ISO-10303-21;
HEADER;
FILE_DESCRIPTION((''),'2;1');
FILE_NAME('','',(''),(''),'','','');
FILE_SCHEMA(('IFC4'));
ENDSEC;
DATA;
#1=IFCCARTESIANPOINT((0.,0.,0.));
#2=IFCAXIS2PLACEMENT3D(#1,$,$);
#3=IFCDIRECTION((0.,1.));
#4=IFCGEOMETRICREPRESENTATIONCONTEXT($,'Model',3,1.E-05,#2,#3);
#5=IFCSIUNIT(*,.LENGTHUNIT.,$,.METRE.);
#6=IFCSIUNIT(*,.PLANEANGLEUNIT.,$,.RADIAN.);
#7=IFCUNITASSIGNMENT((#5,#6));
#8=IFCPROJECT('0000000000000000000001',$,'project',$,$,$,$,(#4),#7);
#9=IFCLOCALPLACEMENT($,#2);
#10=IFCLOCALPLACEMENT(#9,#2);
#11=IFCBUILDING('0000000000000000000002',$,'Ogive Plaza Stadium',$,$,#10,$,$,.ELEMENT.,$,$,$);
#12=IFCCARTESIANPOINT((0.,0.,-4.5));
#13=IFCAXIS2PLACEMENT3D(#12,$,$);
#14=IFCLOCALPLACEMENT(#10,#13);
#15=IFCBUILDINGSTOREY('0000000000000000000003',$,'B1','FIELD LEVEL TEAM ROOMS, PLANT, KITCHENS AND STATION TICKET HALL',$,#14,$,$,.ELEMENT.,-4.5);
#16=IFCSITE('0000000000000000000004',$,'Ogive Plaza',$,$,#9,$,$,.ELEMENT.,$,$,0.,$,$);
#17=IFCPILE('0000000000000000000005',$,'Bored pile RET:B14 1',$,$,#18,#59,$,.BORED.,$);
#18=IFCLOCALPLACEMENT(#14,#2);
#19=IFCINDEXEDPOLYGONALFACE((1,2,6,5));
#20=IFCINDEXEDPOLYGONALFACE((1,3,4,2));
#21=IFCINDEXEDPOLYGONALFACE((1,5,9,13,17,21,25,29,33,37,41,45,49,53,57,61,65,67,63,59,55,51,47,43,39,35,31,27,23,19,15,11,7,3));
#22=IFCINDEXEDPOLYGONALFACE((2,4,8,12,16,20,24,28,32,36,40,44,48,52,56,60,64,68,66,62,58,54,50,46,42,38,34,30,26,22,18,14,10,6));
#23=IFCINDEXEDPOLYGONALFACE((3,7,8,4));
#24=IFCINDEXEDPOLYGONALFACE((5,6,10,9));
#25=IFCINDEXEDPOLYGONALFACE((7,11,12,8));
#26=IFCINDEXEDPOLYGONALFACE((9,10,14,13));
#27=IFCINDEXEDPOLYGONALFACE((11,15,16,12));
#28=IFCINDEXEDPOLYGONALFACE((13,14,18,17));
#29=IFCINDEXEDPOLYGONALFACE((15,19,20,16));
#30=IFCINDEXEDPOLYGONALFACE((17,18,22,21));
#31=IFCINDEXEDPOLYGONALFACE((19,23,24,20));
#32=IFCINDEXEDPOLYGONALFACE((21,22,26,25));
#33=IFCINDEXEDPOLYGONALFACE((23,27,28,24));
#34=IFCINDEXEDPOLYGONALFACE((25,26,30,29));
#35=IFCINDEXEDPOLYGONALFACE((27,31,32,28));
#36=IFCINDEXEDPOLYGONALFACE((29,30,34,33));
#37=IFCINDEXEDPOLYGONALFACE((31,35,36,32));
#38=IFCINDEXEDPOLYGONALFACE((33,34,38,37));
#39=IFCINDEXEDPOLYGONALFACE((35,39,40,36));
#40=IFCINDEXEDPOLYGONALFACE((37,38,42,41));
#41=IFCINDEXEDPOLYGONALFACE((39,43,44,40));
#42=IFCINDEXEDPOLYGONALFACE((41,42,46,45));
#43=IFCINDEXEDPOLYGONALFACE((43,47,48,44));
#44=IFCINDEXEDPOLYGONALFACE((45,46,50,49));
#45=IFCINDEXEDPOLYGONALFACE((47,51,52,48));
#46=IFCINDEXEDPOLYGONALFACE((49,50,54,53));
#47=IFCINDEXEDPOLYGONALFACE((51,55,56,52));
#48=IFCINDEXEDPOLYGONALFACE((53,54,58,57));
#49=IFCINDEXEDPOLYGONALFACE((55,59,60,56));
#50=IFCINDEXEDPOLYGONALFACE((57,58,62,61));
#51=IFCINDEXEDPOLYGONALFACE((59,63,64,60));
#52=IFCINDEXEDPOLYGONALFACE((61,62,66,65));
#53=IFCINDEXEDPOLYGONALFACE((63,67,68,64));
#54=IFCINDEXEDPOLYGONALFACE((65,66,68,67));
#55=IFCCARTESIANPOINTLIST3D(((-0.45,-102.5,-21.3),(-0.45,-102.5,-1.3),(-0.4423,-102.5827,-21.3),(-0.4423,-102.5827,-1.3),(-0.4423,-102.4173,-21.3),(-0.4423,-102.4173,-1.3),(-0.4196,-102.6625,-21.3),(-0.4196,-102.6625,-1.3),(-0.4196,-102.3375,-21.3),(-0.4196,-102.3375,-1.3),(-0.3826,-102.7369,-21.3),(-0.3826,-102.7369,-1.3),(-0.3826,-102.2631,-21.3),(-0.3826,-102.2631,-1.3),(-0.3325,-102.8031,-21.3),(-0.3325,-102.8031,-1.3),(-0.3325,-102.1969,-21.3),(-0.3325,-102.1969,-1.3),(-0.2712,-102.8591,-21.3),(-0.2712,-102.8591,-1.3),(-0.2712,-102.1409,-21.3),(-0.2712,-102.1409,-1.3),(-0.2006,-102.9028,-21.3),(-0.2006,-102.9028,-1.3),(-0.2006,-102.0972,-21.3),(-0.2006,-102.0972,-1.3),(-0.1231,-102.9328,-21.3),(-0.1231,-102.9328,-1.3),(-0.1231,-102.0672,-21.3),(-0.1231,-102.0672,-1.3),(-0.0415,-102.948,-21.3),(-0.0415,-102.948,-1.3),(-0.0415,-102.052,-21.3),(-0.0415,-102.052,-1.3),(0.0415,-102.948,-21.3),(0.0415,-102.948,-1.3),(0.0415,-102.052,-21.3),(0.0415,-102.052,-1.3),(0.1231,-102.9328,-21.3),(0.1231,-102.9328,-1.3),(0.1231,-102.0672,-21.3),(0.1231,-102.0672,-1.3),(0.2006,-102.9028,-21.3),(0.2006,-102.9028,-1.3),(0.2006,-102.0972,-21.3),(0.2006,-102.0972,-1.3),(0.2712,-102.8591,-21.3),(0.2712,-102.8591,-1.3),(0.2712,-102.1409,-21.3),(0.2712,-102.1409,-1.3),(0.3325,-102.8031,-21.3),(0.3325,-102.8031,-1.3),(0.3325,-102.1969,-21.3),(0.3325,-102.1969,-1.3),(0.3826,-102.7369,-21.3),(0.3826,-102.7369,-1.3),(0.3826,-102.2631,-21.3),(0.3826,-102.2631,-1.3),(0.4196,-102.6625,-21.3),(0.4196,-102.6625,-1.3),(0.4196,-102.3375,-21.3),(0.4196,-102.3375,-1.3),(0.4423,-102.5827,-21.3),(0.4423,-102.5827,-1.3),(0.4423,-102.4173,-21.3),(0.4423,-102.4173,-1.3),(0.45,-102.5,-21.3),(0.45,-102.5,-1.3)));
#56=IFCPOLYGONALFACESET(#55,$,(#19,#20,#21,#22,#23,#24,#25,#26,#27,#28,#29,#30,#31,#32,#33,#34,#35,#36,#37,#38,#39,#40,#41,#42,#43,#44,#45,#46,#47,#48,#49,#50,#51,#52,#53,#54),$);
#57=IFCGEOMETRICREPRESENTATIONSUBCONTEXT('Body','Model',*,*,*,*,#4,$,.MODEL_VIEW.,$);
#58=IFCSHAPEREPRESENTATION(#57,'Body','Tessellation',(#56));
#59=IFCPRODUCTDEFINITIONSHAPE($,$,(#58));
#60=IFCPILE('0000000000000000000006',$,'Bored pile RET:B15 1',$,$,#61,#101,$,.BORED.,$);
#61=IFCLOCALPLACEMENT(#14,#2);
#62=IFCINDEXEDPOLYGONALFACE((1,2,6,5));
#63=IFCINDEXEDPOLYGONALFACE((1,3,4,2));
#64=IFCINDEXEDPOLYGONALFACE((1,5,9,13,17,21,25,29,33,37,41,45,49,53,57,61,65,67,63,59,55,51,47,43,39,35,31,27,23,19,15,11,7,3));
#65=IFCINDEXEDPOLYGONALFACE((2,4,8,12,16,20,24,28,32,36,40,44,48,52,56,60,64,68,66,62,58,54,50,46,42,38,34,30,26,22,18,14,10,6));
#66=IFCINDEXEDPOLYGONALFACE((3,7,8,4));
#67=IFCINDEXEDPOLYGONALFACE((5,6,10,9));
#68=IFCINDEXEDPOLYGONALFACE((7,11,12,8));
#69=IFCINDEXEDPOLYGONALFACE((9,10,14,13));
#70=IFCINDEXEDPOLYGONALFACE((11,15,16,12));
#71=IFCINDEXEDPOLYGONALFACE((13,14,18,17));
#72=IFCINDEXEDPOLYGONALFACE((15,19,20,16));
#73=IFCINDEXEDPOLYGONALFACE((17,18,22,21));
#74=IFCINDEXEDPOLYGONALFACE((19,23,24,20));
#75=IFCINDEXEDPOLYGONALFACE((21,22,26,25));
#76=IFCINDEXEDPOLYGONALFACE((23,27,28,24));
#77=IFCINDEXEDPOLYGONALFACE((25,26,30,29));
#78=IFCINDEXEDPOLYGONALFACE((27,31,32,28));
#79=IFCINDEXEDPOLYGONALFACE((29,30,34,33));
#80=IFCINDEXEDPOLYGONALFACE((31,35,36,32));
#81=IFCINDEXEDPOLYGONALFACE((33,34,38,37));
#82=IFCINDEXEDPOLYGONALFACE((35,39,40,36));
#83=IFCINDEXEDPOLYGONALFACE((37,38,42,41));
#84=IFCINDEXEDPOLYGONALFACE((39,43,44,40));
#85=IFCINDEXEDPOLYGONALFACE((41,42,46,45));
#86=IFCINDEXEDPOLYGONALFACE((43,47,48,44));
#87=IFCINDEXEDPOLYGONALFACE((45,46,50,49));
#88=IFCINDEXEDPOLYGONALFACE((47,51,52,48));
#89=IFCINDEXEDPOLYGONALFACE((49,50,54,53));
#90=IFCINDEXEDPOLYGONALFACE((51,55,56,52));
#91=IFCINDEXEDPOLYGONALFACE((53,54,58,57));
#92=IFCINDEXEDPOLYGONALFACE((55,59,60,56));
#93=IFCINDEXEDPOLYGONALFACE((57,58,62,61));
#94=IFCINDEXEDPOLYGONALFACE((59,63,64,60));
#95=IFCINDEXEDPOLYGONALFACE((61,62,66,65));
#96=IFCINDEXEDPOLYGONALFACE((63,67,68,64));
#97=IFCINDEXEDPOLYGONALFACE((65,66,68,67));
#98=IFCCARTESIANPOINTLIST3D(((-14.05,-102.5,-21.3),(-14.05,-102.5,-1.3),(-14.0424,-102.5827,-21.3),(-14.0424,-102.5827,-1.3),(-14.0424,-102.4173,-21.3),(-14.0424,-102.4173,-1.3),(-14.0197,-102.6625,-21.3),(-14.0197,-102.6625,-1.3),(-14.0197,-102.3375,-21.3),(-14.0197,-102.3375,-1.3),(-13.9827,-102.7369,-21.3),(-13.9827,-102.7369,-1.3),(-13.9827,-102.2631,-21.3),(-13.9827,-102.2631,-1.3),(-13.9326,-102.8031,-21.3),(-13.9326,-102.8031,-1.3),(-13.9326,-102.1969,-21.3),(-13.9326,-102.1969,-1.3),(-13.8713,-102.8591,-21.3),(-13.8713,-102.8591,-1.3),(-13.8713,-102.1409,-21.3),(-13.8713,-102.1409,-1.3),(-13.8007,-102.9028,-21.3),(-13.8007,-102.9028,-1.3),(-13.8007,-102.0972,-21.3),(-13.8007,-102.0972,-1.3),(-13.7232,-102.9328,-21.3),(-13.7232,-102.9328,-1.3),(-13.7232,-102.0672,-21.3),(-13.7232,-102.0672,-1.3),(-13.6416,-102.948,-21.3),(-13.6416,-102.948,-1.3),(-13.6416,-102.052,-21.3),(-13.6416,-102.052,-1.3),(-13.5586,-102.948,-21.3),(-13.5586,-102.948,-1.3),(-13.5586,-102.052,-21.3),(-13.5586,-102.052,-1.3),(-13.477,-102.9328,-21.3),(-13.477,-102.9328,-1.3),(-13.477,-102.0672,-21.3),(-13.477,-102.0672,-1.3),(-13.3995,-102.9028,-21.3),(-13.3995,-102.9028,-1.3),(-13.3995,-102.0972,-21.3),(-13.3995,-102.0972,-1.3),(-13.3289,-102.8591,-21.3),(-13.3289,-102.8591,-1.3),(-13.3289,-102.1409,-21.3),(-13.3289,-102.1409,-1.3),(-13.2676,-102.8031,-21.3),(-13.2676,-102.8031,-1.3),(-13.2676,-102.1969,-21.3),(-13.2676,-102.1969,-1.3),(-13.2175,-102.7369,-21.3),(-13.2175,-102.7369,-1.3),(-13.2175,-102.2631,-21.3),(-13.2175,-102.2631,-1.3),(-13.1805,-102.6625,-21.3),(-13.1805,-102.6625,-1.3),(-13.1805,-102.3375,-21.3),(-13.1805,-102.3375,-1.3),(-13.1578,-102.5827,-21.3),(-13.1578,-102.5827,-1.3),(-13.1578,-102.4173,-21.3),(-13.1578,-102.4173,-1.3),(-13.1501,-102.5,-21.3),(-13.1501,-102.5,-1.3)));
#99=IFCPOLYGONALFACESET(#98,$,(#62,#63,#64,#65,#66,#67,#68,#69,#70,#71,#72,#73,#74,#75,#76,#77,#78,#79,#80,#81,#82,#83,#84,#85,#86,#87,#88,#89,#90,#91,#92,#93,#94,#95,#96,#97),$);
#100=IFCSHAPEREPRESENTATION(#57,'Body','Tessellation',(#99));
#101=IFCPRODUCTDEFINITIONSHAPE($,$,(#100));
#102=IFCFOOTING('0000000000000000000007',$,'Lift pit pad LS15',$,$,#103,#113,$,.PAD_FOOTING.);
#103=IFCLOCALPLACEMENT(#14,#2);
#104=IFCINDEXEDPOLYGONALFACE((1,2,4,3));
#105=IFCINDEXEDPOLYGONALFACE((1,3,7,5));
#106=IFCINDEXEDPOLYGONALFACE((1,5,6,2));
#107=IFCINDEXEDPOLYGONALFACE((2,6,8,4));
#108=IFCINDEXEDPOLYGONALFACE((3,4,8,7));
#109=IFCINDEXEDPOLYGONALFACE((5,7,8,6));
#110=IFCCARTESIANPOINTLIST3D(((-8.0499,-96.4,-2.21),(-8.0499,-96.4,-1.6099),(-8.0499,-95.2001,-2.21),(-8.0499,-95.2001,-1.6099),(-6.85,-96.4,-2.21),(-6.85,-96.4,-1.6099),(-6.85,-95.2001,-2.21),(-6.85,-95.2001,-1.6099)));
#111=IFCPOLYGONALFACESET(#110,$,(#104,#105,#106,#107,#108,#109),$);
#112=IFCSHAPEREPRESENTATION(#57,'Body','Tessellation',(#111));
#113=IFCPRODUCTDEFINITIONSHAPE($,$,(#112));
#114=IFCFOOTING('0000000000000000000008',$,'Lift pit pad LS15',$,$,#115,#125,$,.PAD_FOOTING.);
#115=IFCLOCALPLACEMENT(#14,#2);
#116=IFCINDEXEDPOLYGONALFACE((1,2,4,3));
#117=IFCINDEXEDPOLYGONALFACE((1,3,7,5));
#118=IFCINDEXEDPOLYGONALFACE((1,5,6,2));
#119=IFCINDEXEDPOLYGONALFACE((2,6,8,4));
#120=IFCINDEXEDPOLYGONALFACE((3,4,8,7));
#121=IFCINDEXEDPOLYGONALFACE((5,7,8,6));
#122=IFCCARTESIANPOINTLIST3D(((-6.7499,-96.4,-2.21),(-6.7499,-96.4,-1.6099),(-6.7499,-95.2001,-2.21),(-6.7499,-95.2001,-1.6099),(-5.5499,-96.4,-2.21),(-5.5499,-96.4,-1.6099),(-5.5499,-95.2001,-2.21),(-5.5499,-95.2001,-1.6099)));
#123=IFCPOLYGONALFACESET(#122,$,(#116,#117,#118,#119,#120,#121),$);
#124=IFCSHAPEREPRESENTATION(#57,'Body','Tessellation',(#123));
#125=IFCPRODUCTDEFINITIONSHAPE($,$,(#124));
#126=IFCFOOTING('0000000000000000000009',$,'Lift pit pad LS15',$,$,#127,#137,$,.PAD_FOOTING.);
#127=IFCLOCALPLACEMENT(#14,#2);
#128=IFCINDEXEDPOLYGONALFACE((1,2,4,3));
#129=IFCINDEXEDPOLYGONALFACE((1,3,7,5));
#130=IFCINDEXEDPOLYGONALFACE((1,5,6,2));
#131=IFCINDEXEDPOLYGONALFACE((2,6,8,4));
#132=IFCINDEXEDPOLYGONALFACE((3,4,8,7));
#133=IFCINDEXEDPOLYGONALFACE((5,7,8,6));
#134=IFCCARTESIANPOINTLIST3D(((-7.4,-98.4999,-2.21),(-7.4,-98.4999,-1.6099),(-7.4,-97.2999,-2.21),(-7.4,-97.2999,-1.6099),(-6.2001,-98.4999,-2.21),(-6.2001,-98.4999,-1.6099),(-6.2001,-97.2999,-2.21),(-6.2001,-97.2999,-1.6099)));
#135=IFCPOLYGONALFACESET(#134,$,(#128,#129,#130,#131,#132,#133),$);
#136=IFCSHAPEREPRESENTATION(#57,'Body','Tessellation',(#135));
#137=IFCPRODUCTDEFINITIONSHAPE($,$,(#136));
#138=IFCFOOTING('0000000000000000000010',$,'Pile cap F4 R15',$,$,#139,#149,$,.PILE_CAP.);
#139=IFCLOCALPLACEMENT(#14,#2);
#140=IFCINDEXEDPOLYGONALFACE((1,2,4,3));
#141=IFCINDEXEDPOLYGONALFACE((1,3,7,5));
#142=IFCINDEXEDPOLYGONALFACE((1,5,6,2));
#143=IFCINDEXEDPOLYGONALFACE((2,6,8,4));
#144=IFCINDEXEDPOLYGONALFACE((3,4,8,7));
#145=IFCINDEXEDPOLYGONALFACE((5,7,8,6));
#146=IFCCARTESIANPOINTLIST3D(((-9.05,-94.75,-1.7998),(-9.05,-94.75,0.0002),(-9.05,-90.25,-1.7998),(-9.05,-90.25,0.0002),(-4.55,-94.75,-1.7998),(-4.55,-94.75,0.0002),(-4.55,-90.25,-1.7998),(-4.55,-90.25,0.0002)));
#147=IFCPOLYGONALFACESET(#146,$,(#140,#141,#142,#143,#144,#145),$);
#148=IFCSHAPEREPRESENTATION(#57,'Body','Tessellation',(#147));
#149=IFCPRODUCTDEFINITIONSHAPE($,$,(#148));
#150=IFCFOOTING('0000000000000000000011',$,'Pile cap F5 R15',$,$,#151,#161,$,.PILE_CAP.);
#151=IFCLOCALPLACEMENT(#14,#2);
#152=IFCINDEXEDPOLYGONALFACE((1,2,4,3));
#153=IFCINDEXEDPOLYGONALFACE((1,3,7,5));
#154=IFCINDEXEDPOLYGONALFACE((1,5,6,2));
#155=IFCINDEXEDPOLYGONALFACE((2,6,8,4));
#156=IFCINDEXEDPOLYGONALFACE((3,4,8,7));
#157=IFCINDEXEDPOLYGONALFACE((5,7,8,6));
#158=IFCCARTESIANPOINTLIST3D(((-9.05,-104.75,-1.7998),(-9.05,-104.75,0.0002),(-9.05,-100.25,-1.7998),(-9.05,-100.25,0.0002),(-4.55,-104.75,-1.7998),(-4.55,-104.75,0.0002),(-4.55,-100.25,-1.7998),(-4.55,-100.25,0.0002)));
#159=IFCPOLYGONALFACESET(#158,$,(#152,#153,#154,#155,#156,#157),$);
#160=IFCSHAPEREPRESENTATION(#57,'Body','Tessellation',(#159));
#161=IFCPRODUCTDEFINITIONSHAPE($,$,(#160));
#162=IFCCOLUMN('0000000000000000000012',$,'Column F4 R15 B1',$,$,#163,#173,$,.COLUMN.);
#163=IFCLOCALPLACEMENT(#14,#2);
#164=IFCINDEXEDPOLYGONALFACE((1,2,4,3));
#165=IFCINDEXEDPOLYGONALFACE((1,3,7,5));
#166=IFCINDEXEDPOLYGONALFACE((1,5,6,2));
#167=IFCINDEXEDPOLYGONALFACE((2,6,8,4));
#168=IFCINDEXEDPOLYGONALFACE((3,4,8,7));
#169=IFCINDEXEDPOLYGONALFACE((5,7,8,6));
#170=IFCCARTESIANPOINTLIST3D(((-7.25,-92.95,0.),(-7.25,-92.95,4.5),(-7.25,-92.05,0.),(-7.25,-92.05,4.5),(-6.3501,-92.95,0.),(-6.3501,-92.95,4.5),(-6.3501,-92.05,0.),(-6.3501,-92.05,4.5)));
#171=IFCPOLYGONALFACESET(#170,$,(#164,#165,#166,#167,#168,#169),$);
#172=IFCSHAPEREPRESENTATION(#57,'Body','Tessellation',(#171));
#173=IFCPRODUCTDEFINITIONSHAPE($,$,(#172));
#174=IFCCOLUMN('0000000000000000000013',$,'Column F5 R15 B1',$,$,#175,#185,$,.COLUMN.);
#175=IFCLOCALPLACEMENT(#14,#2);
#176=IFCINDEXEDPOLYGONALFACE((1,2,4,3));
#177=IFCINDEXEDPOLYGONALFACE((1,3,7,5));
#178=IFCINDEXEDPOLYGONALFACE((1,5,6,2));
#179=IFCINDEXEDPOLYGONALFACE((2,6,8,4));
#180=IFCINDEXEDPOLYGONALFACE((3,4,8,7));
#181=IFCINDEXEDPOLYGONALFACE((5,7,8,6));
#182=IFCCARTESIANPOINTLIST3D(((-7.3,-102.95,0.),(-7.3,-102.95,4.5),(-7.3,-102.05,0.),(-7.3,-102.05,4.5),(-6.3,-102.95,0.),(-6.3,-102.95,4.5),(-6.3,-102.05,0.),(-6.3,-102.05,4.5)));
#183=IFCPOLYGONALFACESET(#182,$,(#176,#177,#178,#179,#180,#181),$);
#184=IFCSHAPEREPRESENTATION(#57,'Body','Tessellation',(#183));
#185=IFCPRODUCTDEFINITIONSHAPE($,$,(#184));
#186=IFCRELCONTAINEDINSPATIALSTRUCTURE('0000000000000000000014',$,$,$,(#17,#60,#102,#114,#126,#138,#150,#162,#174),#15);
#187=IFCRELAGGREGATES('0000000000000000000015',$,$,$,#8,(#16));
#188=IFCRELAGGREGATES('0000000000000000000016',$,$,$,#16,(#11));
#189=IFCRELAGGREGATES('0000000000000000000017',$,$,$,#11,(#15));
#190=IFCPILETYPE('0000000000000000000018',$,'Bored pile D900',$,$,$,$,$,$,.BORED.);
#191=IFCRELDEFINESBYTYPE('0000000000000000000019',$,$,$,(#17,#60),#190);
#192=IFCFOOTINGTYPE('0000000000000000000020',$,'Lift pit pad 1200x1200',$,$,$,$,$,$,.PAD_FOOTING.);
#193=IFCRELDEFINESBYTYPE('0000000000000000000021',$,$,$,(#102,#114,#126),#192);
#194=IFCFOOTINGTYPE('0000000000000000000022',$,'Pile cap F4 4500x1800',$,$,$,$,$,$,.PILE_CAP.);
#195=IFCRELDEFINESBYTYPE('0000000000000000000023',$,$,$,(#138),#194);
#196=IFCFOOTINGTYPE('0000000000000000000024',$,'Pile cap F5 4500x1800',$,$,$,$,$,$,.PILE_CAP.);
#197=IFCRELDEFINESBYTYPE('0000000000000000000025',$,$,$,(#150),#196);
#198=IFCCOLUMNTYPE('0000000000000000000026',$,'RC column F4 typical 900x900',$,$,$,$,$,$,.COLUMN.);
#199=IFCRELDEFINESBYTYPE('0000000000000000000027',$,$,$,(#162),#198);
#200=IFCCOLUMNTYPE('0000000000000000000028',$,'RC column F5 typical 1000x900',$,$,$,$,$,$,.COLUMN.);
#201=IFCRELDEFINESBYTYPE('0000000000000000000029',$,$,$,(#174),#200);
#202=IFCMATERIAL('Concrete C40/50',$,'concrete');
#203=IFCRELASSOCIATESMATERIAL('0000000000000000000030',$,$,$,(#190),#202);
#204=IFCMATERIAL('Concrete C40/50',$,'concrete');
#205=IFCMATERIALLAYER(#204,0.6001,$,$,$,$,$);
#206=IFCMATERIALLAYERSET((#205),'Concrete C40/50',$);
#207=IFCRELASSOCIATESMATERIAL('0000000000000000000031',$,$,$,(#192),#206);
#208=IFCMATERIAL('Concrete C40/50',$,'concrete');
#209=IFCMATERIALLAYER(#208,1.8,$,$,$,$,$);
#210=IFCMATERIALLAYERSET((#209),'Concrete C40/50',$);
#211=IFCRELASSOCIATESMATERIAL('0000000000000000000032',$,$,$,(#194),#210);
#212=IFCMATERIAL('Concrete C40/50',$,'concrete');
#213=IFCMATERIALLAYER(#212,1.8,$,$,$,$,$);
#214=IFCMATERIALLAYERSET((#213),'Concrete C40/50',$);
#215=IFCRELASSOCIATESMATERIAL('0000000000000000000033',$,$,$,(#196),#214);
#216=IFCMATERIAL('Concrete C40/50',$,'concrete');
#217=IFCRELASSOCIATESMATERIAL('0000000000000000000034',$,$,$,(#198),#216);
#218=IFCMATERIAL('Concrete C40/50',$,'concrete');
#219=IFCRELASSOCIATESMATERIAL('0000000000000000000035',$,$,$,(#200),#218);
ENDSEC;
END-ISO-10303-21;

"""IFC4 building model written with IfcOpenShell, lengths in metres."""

from ifc_helpers import new_model, si_unit, direction, frame, origin, origin_2d, place, context, subcontext, project, spatial, rectangle, circle, extrude, material, layer, layer_set, material_profile, profile_set, type_object, element, save


model = new_model("IFC4")

# Units and contexts
model_context = context("Model", 3, precision=1e-05, world=origin(), true_north=direction((0.0, 1.0)))
body_context = subcontext(model_context, "Body", "Model", "MODEL_VIEW")
ifc_project = project(units=[si_unit("LENGTHUNIT", "METRE"), si_unit("PLANEANGLEUNIT", "RADIAN")], contexts=[model_context])

# Site, building, storey
site_placement = place(None, origin())
site = spatial("IfcSite", under=ifc_project, at=site_placement, Name="Ogive Plaza", CompositionType="ELEMENT", RefElevation=0.0)
building_placement = place(site_placement, origin())
building = spatial("IfcBuilding", under=site, at=building_placement, Name="Ogive Plaza Stadium", CompositionType="ELEMENT")
storey_placement = place(building_placement, frame((0.0, 0.0, -4.5)))
storey = spatial("IfcBuildingStorey", under=building, at=storey_placement, Name="B1", Description="FIELD LEVEL TEAM ROOMS, PLANT, KITCHENS AND STATION TICKET HALL", CompositionType="ELEMENT", Elevation=-4.5)

# Piles
ifc_material_1 = material(Name="Concrete C40/50", Category="concrete")
ifc_material_profile_1 = material_profile(ifc_material_1, circle(Radius=0.45, at=origin_2d()), Name="RC D900")
ifc_profile_set_1 = profile_set([ifc_material_profile_1], Name="Concrete C40/50")
pile_type_1 = type_object("IfcPileType", Name="Bored pile D900", PredefinedType="BORED", material=ifc_profile_set_1)
for number, where, z_axis, x_axis, name in (
    (1, (0.0, -102.5, -1.3), (0.0, 0.0, -1.0), (1.0, 0.0, 0.0), "Bored pile RET:B14 1"),
    (2, (-13.6001, -102.5, -1.3), (0.0, 0.0, -1.0), (1.0, 0.0, 0.0), "Bored pile RET:B15 1"),
):
    element("IfcPile", number, at=place(storey_placement, frame(where, z_axis=z_axis, x_axis=x_axis)), inside=storey, type_object=pile_type_1, Name=name, PredefinedType="BORED", context=body_context, shape_type="SweptSolid", body=[
        extrude(circle(Radius=0.45, at=origin_2d()), origin(), (0.0, 0.0, 1.0), 20.0),
    ])

# Footings
ifc_material_2 = material(Name="Concrete C40/50", Category="concrete")
ifc_layer_1 = layer(ifc_material_2, 0.6001)
ifc_layer_set_1 = layer_set([ifc_layer_1], Name="Concrete C40/50")
footing_type_1 = type_object("IfcFootingType", Name="Lift pit pad 1200x1200", PredefinedType="PAD_FOOTING", material=ifc_layer_set_1)
for number, where, z_axis, x_axis, name in (
    (3, (-7.45, -95.8, -2.21), (0.0, 0.0, 1.0), (0.0, -1.0, 0.0), "Lift pit pad LS15"),
    (4, (-6.1499, -95.8, -2.21), (0.0, 0.0, 1.0), (0.0, -1.0, 0.0), "Lift pit pad LS15"),
    (5, (-6.8, -97.8999, -2.21), (0.0, 0.0, 1.0), (0.0, -1.0, 0.0), "Lift pit pad LS15"),
):
    element("IfcFooting", number, at=place(storey_placement, frame(where, z_axis=z_axis, x_axis=x_axis)), inside=storey, type_object=footing_type_1, Name=name, PredefinedType="PAD_FOOTING", context=body_context, shape_type="SweptSolid", body=[
        extrude(rectangle(XDim=1.2, YDim=1.2, at=origin_2d()), origin(), (0.0, 0.0, 1.0), 0.6001),
    ])
ifc_material_3 = material(Name="Concrete C40/50", Category="concrete")
ifc_layer_2 = layer(ifc_material_3, 1.8)
ifc_layer_set_2 = layer_set([ifc_layer_2], Name="Concrete C40/50")
footing_type_2 = type_object("IfcFootingType", Name="Pile cap F4 4500x1800", PredefinedType="PILE_CAP", material=ifc_layer_set_2)
footing_1_placement = place(storey_placement, frame((-6.8, -92.5, -1.7998), z_axis=(0.0, 0.0, 1.0), x_axis=(0.0, -1.0, 0.0)))
element("IfcFooting", 6, at=footing_1_placement, inside=storey, type_object=footing_type_2, Name="Pile cap F4 R15", PredefinedType="PILE_CAP", context=body_context, shape_type="SweptSolid", body=[
    extrude(rectangle(XDim=4.5, YDim=4.5, at=origin_2d()), origin(), (0.0, 0.0, 1.0), 1.8),
])
ifc_material_4 = material(Name="Concrete C40/50", Category="concrete")
ifc_layer_3 = layer(ifc_material_4, 1.8)
ifc_layer_set_3 = layer_set([ifc_layer_3], Name="Concrete C40/50")
footing_type_3 = type_object("IfcFootingType", Name="Pile cap F5 4500x1800", PredefinedType="PILE_CAP", material=ifc_layer_set_3)
footing_2_placement = place(storey_placement, frame((-6.8, -102.5, -1.7998), z_axis=(0.0, 0.0, 1.0), x_axis=(0.0, -1.0, 0.0)))
element("IfcFooting", 7, at=footing_2_placement, inside=storey, type_object=footing_type_3, Name="Pile cap F5 R15", PredefinedType="PILE_CAP", context=body_context, shape_type="SweptSolid", body=[
    extrude(rectangle(XDim=4.5, YDim=4.5, at=origin_2d()), origin(), (0.0, 0.0, 1.0), 1.8),
])

# Columns
ifc_material_5 = material(Name="Concrete C40/50", Category="concrete")
ifc_material_profile_2 = material_profile(ifc_material_5, rectangle(XDim=0.8999, YDim=0.8999, at=origin_2d()), Name="RC 900x900")
ifc_profile_set_2 = profile_set([ifc_material_profile_2], Name="Concrete C40/50")
column_type_1 = type_object("IfcColumnType", Name="RC column F4 typical 900x900", PredefinedType="COLUMN", material=ifc_profile_set_2)
column_1_placement = place(storey_placement, frame((-6.8, -92.5, 0.0), z_axis=(0.0, 0.0, 1.0), x_axis=(1.0, 0.0, 0.0)))
element("IfcColumn", 8, at=column_1_placement, inside=storey, type_object=column_type_1, Name="Column F4 R15 B1", PredefinedType="COLUMN", context=body_context, shape_type="SweptSolid", body=[
    extrude(rectangle(XDim=0.8999, YDim=0.8999, at=origin_2d()), origin(), (0.0, 0.0, 1.0), 4.5),
])
ifc_material_6 = material(Name="Concrete C40/50", Category="concrete")
ifc_material_profile_3 = material_profile(ifc_material_6, rectangle(XDim=1.0, YDim=0.8999, at=origin_2d()), Name="RC 1000x900")
ifc_profile_set_3 = profile_set([ifc_material_profile_3], Name="Concrete C40/50")
column_type_2 = type_object("IfcColumnType", Name="RC column F5 typical 1000x900", PredefinedType="COLUMN", material=ifc_profile_set_3)
column_2_placement = place(storey_placement, frame((-6.8, -102.5, 0.0), z_axis=(0.0, 0.0, 1.0), x_axis=(1.0, 0.0, 0.0)))
element("IfcColumn", 9, at=column_2_placement, inside=storey, type_object=column_type_2, Name="Column F5 R15 B1", PredefinedType="COLUMN", context=body_context, shape_type="SweptSolid", body=[
    extrude(rectangle(XDim=1.0, YDim=0.8999, at=origin_2d()), origin(), (0.0, 0.0, 1.0), 4.5),
])

save(model, "model.ifc")
